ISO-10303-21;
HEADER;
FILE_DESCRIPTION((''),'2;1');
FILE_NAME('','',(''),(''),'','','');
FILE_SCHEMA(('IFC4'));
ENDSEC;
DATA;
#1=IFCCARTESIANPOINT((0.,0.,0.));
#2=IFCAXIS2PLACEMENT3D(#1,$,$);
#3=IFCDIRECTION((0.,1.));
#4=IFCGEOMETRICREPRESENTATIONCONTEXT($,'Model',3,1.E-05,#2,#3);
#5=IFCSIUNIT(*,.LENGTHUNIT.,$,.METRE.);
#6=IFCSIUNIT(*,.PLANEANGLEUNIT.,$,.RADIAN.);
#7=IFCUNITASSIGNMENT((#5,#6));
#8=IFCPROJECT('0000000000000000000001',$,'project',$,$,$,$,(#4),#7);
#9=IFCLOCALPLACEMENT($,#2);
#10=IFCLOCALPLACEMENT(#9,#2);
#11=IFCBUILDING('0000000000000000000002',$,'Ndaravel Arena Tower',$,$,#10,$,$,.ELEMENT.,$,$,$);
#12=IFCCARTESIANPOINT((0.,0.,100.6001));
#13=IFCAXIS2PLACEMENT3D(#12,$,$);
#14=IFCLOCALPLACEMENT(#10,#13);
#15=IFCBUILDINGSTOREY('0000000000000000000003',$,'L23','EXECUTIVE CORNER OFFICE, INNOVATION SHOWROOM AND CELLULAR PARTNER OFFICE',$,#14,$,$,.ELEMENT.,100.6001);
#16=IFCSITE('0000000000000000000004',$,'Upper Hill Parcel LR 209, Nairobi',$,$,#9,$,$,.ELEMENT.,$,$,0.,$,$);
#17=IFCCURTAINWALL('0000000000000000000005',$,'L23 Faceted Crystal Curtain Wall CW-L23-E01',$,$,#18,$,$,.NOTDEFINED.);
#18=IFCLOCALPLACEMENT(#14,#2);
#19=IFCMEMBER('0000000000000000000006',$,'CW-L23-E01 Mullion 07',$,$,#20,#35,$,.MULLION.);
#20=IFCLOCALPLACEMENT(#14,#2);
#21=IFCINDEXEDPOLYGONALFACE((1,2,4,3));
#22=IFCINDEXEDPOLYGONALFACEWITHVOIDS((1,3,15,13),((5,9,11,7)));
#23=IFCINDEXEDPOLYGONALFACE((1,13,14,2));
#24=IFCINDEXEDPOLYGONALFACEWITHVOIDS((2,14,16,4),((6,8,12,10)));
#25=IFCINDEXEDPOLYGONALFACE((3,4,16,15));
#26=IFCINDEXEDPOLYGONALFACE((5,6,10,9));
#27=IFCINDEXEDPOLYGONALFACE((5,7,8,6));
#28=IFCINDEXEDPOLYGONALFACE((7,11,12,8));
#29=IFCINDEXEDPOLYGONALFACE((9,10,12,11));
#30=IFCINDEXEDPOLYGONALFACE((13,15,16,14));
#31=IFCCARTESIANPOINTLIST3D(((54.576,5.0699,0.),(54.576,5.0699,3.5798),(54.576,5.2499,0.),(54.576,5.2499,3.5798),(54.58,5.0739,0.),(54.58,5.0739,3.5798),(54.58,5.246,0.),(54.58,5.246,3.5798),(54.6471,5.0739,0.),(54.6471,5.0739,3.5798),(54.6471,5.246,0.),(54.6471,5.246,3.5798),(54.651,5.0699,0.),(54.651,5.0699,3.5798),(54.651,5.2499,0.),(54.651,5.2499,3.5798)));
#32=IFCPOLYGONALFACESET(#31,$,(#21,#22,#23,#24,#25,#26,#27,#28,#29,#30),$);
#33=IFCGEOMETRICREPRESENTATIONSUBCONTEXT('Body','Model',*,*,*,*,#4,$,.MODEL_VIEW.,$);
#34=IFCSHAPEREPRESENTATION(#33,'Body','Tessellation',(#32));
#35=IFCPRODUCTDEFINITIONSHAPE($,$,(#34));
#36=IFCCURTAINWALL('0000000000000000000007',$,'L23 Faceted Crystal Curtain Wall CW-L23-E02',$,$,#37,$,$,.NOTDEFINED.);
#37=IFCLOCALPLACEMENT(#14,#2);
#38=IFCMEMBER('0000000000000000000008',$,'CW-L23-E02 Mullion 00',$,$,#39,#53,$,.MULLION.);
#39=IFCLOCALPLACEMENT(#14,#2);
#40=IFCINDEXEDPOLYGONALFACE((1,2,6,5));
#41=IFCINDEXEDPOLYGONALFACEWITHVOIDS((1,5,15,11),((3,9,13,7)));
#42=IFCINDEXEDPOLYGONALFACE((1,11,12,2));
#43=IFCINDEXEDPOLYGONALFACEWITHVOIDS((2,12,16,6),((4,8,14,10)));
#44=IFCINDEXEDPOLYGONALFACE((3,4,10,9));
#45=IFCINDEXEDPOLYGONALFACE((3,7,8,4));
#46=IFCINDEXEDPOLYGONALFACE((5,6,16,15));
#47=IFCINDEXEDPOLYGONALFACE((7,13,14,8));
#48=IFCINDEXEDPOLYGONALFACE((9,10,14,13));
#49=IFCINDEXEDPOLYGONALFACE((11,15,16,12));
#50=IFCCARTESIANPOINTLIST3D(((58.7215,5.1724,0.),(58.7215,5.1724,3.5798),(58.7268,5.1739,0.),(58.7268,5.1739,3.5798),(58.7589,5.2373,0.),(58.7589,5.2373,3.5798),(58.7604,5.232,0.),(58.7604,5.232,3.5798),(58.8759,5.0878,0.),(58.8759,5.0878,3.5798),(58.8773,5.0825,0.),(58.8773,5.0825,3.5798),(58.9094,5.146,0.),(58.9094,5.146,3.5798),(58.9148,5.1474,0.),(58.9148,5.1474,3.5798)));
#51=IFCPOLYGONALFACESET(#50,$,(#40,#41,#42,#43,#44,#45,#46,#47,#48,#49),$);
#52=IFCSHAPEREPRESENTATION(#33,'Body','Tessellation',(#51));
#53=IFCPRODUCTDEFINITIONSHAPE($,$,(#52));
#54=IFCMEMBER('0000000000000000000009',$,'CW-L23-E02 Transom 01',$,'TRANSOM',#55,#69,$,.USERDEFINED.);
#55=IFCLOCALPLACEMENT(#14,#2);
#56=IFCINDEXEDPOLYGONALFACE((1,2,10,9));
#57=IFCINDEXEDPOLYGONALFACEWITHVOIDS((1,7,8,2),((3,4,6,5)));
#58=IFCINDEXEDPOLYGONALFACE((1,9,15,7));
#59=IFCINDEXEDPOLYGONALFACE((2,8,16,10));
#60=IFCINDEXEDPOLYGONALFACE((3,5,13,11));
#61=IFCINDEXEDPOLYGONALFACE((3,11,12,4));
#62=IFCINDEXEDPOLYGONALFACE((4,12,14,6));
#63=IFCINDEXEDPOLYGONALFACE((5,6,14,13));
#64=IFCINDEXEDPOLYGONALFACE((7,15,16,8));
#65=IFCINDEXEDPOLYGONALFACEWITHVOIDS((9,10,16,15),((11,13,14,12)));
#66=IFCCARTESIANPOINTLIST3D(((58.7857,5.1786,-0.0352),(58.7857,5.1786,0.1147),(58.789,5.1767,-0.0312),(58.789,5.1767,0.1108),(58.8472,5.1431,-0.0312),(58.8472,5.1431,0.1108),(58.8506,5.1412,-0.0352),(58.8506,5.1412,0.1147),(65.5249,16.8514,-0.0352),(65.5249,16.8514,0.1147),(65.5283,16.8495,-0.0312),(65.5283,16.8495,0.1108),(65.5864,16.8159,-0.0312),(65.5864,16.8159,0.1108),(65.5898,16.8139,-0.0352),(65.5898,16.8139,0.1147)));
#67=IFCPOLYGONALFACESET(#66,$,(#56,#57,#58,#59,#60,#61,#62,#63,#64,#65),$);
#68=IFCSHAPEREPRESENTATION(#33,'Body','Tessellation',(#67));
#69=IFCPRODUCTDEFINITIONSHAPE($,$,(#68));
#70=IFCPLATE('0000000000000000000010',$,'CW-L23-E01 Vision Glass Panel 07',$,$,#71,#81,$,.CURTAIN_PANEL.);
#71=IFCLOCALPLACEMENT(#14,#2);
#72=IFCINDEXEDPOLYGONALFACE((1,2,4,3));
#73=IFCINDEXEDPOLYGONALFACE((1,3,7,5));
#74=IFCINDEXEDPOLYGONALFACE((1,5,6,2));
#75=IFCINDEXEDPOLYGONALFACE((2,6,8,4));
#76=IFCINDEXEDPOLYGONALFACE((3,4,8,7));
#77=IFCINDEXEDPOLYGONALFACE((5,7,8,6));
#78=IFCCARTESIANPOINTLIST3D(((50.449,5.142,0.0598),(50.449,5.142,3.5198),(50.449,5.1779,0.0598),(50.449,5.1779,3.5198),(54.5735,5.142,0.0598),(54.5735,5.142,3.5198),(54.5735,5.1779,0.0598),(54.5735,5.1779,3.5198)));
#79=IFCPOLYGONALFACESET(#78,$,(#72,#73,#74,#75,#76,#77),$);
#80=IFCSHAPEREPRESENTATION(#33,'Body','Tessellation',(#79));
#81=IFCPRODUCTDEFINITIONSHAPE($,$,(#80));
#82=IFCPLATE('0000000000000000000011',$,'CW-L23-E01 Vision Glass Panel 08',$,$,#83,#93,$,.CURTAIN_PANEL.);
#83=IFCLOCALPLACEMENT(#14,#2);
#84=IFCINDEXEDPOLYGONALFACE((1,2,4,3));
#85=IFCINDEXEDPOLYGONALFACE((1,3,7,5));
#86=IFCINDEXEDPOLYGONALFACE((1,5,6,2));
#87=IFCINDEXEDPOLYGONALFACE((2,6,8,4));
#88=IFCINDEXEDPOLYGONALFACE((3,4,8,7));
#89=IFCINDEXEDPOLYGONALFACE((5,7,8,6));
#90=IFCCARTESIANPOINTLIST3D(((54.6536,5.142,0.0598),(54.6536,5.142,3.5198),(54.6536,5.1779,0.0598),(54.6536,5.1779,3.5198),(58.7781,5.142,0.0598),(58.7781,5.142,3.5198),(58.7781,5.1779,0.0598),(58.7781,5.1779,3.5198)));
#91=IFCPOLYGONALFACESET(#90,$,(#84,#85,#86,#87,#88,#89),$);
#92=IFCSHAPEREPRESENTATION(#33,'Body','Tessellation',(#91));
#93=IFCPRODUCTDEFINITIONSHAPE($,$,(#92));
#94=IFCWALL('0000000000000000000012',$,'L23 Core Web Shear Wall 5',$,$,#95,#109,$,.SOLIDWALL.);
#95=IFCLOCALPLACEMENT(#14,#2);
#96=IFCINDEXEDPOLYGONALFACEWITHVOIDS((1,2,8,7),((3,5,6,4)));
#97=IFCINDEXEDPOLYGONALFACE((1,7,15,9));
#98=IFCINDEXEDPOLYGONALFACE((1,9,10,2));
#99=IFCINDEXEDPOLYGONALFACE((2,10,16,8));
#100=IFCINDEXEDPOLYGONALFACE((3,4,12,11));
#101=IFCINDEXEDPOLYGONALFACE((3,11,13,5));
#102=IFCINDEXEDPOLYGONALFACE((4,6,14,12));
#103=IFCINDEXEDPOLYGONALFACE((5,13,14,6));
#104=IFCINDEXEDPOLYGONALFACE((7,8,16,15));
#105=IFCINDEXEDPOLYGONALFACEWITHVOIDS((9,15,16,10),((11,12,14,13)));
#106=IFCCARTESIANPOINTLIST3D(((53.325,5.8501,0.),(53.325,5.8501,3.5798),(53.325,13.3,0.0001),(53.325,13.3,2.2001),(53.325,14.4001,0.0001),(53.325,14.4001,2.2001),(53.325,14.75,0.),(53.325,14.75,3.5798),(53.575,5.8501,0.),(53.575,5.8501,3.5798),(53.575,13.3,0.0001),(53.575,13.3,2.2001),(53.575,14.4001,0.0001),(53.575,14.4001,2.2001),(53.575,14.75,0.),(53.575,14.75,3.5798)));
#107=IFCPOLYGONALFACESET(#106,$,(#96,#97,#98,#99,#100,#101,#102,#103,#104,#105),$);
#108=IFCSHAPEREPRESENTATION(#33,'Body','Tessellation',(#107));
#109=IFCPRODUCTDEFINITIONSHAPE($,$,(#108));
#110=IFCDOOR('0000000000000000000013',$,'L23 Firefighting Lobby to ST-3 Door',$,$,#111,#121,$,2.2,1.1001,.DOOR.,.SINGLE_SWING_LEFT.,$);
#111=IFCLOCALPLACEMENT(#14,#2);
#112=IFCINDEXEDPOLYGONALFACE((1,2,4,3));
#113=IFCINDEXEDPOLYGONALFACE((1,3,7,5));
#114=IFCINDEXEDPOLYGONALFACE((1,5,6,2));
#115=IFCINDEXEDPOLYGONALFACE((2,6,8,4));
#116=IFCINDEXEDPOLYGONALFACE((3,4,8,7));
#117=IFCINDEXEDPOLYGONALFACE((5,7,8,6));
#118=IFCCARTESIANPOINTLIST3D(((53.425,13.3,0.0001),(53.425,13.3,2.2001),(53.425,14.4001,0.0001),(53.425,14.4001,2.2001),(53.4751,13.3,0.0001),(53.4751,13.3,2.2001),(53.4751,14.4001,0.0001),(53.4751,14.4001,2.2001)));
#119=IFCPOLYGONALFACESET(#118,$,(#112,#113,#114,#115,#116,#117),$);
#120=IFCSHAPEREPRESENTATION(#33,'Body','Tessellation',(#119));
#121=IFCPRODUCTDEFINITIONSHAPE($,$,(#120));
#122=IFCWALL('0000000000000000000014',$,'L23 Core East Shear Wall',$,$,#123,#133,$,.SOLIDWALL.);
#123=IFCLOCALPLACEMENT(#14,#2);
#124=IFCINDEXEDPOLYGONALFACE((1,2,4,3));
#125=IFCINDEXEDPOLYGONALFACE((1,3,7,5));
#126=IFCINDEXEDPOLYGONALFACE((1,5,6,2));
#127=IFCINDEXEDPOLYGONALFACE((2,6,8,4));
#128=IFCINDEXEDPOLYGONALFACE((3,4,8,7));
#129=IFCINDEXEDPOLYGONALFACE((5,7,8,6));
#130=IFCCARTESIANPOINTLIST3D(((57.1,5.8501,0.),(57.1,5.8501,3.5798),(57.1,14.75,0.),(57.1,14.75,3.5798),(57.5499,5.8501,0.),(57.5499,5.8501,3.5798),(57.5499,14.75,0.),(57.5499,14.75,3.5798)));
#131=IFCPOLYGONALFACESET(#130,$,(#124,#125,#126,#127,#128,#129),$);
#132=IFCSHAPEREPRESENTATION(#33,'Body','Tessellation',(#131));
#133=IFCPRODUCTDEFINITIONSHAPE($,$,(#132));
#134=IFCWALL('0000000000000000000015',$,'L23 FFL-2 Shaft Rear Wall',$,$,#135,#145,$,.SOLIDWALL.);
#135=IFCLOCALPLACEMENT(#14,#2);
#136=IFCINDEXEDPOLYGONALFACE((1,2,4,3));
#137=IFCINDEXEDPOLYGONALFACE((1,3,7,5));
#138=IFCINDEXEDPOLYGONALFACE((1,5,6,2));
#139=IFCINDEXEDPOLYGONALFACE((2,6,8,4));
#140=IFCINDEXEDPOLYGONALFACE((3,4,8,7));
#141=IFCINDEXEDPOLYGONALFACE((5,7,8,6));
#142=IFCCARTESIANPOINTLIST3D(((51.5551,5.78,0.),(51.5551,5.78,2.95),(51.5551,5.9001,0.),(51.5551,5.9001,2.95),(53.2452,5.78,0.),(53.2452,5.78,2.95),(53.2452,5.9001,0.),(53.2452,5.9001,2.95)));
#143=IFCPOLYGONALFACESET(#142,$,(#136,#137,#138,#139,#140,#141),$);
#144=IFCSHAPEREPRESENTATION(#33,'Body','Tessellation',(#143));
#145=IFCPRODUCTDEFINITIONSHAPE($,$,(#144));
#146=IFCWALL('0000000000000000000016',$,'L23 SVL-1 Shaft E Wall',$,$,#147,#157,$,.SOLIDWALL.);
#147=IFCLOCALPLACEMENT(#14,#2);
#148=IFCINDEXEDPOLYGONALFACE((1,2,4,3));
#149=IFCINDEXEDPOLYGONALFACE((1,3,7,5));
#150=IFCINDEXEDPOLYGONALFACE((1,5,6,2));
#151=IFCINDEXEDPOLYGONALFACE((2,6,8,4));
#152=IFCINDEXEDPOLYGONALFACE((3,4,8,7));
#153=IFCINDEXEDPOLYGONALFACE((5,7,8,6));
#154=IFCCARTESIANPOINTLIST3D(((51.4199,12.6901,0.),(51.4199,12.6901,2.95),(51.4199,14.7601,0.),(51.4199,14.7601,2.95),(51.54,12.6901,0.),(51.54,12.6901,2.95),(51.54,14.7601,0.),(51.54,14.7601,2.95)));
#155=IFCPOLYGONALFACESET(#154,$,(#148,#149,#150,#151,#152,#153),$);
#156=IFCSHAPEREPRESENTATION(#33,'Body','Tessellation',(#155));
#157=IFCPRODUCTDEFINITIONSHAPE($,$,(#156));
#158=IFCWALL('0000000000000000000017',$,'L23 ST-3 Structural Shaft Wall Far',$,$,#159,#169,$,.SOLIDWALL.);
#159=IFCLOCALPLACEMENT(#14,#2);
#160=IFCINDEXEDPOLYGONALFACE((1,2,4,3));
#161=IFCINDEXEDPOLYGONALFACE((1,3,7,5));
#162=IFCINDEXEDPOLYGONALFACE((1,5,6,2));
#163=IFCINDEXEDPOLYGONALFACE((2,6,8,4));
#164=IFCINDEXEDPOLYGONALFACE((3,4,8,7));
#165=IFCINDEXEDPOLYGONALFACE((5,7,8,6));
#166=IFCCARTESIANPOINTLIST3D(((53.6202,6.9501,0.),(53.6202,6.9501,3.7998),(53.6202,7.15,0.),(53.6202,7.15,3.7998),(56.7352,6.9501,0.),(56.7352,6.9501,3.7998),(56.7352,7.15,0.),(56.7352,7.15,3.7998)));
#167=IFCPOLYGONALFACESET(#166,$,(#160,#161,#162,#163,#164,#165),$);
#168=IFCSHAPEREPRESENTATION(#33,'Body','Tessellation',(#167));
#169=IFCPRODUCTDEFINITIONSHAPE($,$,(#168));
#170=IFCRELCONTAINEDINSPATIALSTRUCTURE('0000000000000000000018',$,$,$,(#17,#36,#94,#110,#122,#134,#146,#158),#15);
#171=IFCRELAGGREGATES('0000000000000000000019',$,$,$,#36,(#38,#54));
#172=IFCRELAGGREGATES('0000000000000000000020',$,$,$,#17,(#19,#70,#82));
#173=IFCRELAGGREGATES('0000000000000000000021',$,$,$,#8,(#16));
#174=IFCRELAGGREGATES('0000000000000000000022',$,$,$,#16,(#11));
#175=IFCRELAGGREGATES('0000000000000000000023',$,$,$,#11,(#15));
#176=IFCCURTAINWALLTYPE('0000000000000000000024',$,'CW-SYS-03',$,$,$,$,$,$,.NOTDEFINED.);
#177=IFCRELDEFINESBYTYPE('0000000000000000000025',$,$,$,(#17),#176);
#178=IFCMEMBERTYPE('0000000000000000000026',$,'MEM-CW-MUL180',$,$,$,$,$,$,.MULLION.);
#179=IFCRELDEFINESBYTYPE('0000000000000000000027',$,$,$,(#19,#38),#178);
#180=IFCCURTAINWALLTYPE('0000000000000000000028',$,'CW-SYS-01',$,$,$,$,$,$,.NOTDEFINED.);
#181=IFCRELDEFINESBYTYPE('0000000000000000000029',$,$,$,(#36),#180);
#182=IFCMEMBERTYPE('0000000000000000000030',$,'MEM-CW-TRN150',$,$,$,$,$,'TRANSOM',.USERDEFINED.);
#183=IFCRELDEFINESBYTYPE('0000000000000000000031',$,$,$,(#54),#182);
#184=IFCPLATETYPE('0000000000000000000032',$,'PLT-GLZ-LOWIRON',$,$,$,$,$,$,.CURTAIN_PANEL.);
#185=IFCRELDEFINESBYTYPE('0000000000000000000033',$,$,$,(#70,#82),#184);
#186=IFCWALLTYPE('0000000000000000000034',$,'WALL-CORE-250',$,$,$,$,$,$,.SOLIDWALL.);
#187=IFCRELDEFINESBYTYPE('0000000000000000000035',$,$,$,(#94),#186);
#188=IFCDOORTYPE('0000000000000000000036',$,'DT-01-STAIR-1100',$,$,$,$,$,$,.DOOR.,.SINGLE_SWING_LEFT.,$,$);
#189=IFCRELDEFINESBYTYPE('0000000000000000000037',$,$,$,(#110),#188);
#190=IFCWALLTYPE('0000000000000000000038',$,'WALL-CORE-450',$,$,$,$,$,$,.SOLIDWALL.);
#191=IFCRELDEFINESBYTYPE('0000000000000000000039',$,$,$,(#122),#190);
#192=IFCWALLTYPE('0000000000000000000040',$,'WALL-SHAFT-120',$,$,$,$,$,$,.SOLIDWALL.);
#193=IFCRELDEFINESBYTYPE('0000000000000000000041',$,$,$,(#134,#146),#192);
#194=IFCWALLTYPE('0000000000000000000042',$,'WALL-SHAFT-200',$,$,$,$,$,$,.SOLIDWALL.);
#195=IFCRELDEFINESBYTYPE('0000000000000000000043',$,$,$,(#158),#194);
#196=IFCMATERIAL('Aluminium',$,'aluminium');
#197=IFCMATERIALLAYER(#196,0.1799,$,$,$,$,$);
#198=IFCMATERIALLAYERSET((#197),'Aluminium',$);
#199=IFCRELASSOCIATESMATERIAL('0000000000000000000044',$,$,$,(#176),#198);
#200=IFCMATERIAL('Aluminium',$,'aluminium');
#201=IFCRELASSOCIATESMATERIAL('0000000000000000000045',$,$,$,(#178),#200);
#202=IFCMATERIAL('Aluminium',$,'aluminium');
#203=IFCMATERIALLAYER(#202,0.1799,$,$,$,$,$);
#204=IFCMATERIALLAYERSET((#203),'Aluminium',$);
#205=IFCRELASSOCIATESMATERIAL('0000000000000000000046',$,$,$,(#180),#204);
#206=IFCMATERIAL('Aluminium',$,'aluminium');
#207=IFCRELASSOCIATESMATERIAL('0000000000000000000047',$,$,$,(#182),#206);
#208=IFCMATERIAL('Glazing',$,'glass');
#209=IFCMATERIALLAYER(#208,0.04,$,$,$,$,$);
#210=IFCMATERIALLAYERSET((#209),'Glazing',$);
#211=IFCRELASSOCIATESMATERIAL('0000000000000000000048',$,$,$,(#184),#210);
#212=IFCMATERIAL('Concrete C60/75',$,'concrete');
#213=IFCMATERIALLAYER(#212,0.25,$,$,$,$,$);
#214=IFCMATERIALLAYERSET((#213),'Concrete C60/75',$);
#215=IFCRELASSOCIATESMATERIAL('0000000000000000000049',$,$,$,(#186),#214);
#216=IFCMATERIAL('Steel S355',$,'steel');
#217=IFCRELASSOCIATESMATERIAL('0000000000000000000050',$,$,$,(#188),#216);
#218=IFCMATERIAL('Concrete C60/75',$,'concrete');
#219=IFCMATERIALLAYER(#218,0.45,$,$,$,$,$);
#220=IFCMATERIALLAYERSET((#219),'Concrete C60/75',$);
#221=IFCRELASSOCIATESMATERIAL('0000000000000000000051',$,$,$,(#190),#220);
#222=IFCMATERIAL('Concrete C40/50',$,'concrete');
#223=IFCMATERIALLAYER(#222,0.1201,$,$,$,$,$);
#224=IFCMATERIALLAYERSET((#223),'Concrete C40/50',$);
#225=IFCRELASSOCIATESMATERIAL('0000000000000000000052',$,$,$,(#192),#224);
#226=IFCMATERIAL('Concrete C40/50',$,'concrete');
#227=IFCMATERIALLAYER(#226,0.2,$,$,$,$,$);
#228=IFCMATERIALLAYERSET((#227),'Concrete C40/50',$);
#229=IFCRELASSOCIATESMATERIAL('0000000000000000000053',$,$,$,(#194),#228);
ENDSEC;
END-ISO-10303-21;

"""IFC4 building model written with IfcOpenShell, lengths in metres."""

from ifc_helpers import new_model, si_unit, direction, frame, frame_2d, origin, origin_2d, place, context, subcontext, project, spatial, rectangle, hollow_rectangle, extrude, material, layer, layer_set, material_profile, profile_set, type_object, element, fill, aggregate, save


model = new_model("IFC4")

# Units and contexts
model_context = context("Model", 3, precision=1e-05, world=origin(), true_north=direction((0.0, 1.0)))
body_context = subcontext(model_context, "Body", "Model", "MODEL_VIEW")
ifc_project = project(units=[si_unit("LENGTHUNIT", "METRE"), si_unit("PLANEANGLEUNIT", "RADIAN")], contexts=[model_context])

# Site, building, storey
site_placement = place(None, origin())
site = spatial("IfcSite", under=ifc_project, at=site_placement, Name="Upper Hill Parcel LR 209, Nairobi", CompositionType="ELEMENT", RefElevation=0.0)
building_placement = place(site_placement, origin())
building = spatial("IfcBuilding", under=site, at=building_placement, Name="Ndaravel Arena Tower", CompositionType="ELEMENT")
storey_placement = place(building_placement, frame((0.0, 0.0, 100.6001)))
storey = spatial("IfcBuildingStorey", under=building, at=storey_placement, Name="L23", Description="EXECUTIVE CORNER OFFICE, INNOVATION SHOWROOM AND CELLULAR PARTNER OFFICE", CompositionType="ELEMENT", Elevation=100.6001)

# Curtain wall, member
ifc_material_1 = material(Name="Aluminium", Category="aluminium")
ifc_layer_1 = layer(ifc_material_1, 0.1799)
ifc_layer_set_1 = layer_set([ifc_layer_1], Name="Aluminium")
curtain_wall_type_1 = type_object("IfcCurtainWallType", Name="CW-SYS-03", PredefinedType="NOTDEFINED", material=ifc_layer_set_1)
curtain_wall_1_placement = place(storey_placement, origin())
curtain_wall_1 = element("IfcCurtainWall", 1, at=curtain_wall_1_placement, inside=storey, type_object=curtain_wall_type_1, Name="L23 Faceted Crystal Curtain Wall CW-L23-E01", PredefinedType="NOTDEFINED")
ifc_material_2 = material(Name="Aluminium", Category="aluminium")
ifc_material_profile_1 = material_profile(ifc_material_2, hollow_rectangle(XDim=0.075, YDim=0.1799, WallThickness=0.0039, at=origin_2d()), Name="CW MULLION 75x180x4")
ifc_profile_set_1 = profile_set([ifc_material_profile_1], Name="Aluminium")
member_type_1 = type_object("IfcMemberType", Name="MEM-CW-MUL180", PredefinedType="MULLION", material=ifc_profile_set_1)
member_1_placement = place(storey_placement, frame((54.6135, 5.1599, 0.0), z_axis=(0.0, 0.0, 1.0), x_axis=(1.0, 0.0, 0.0)))
member_1 = element("IfcMember", 2, at=member_1_placement, type_object=member_type_1, Name="CW-L23-E01 Mullion 07", PredefinedType="MULLION", context=body_context, shape_type="SweptSolid", body=[
    extrude(hollow_rectangle(XDim=0.075, YDim=0.1799, WallThickness=0.0039, at=origin_2d()), origin(), (0.0, 0.0, 1.0), 3.5798),
])

# Curtain wall, members
ifc_material_3 = material(Name="Aluminium", Category="aluminium")
ifc_layer_2 = layer(ifc_material_3, 0.1799)
ifc_layer_set_2 = layer_set([ifc_layer_2], Name="Aluminium")
curtain_wall_type_2 = type_object("IfcCurtainWallType", Name="CW-SYS-01", PredefinedType="NOTDEFINED", material=ifc_layer_set_2)
curtain_wall_2_placement = place(storey_placement, origin())
curtain_wall_2 = element("IfcCurtainWall", 3, at=curtain_wall_2_placement, inside=storey, type_object=curtain_wall_type_2, Name="L23 Faceted Crystal Curtain Wall CW-L23-E02", PredefinedType="NOTDEFINED")
member_2_placement = place(storey_placement, frame((58.8181, 5.1599, 0.0), z_axis=(0.0, 0.0, 1.0), x_axis=(0.5, 0.866025, 0.0)))
member_2 = element("IfcMember", 4, at=member_2_placement, type_object=member_type_1, Name="CW-L23-E02 Mullion 00", PredefinedType="MULLION", context=body_context, shape_type="SweptSolid", body=[
    extrude(hollow_rectangle(XDim=0.075, YDim=0.1799, WallThickness=0.0039, at=origin_2d()), origin(), (0.0, 0.0, 1.0), 3.5798),
])
ifc_material_4 = material(Name="Aluminium", Category="aluminium")
ifc_material_profile_2 = material_profile(ifc_material_4, hollow_rectangle(XDim=0.075, YDim=0.1499, WallThickness=0.0039, at=origin_2d()), Name="CW TRANSOM 75x150x4")
ifc_profile_set_2 = profile_set([ifc_material_profile_2], Name="Aluminium")
member_type_2 = type_object("IfcMemberType", Name="MEM-CW-TRN150", ElementType="TRANSOM", PredefinedType="USERDEFINED", material=ifc_profile_set_2)
member_3_placement = place(storey_placement, frame((58.8181, 5.1599, 0.0398), z_axis=(0.499996, 0.866028, 0.0), x_axis=(-0.866028, 0.499996, 0.0)))
member_3 = element("IfcMember", 5, at=member_3_placement, type_object=member_type_2, Name="CW-L23-E02 Transom 01", ObjectType="TRANSOM", PredefinedType="USERDEFINED", context=body_context, shape_type="SweptSolid", body=[
    extrude(hollow_rectangle(XDim=0.075, YDim=0.1499, WallThickness=0.0039, at=origin_2d()), origin(), (0.0, 0.0, 1.0), 13.4785),
])
aggregate(curtain_wall_2, [member_2, member_3])

# Plates
ifc_material_5 = material(Name="Glazing", Category="glass")
ifc_layer_3 = layer(ifc_material_5, 0.04)
ifc_layer_set_3 = layer_set([ifc_layer_3], Name="Glazing")
plate_type = type_object("IfcPlateType", Name="PLT-GLZ-LOWIRON", PredefinedType="CURTAIN_PANEL", material=ifc_layer_set_3)
plate_1_placement = place(storey_placement, frame((52.5112, 5.1599, 0.0598), z_axis=(0.0, 0.0, 1.0), x_axis=(1.0, 0.0, 0.0)))
plate_1 = element("IfcPlate", 6, at=plate_1_placement, type_object=plate_type, Name="CW-L23-E01 Vision Glass Panel 07", PredefinedType="CURTAIN_PANEL", context=body_context, shape_type="SweptSolid", body=[
    extrude(rectangle(XDim=4.1245, YDim=0.0359, at=origin_2d()), origin(), (0.0, 0.0, 1.0), 3.46),
])
plate_2_placement = place(storey_placement, frame((56.7158, 5.1599, 0.0598), z_axis=(0.0, 0.0, 1.0), x_axis=(1.0, 0.0, 0.0)))
plate_2 = element("IfcPlate", 7, at=plate_2_placement, type_object=plate_type, Name="CW-L23-E01 Vision Glass Panel 08", PredefinedType="CURTAIN_PANEL", context=body_context, shape_type="SweptSolid", body=[
    extrude(rectangle(XDim=4.1245, YDim=0.0359, at=origin_2d()), origin(), (0.0, 0.0, 1.0), 3.46),
])
aggregate(curtain_wall_1, [member_1, plate_1, plate_2])

# Wall, opening, door
ifc_material_6 = material(Name="Concrete C60/75", Category="concrete")
ifc_layer_4 = layer(ifc_material_6, 0.25)
ifc_layer_set_4 = layer_set([ifc_layer_4], Name="Concrete C60/75")
wall_type_1 = type_object("IfcWallType", Name="WALL-CORE-250", PredefinedType="SOLIDWALL", material=ifc_layer_set_4)
wall_1_placement = place(storey_placement, frame((53.45, 5.8501, 0.0), z_axis=(0.0, 0.0, 1.0), x_axis=(0.0, 1.0, 0.0)))
wall_1 = element("IfcWall", 8, at=wall_1_placement, inside=storey, type_object=wall_type_1, Name="L23 Core Web Shear Wall 5", PredefinedType="SOLIDWALL", context=body_context, shape_type="SweptSolid", body=[
    extrude(rectangle(XDim=8.8999, YDim=0.25, at=frame_2d((4.45, 0.0))), origin(), (0.0, 0.0, 1.0), 3.5798),
])
opening_1_placement = place(wall_1_placement, frame((7.45, 0.0, 0.0)))
opening_1 = element("IfcOpeningElement", 9, at=opening_1_placement, cuts=wall_1, PredefinedType="OPENING", context=body_context, shape_type="SweptSolid", body=[
    extrude(rectangle(XDim=1.1001, YDim=2.2, at=frame_2d((0.55, 1.1001))), frame((0.0, 0.125, 0.0), z_axis=(0.0, -1.0, 0.0), x_axis=(1.0, 0.0, 0.0)), (0.0, 0.0, 1.0), 0.25),
])
ifc_material_7 = material(Name="Steel S355", Category="steel")
door_type_1 = type_object("IfcDoorType", Name="DT-01-STAIR-1100", OperationType="SINGLE_SWING_LEFT", PredefinedType="DOOR", material=ifc_material_7)
door_1_placement = place(opening_1_placement, origin())
door_1 = element("IfcDoor", 10, at=door_1_placement, inside=storey, type_object=door_type_1, Name="L23 Firefighting Lobby to ST-3 Door", OperationType="SINGLE_SWING_LEFT", OverallHeight=2.2, OverallWidth=1.1001, PredefinedType="DOOR", context=body_context, shape_type="SweptSolid", body=[
    extrude(rectangle(XDim=1.1001, YDim=2.2, at=frame_2d((0.55, 1.1001))), frame((0.0, 0.0249, 0.0), z_axis=(0.0, -1.0, 0.0), x_axis=(1.0, 0.0, 0.0)), (0.0, 0.0, 1.0), 0.05),
])
fill(opening_1, door_1)

# Walls
ifc_material_8 = material(Name="Concrete C60/75", Category="concrete")
ifc_layer_5 = layer(ifc_material_8, 0.45)
ifc_layer_set_5 = layer_set([ifc_layer_5], Name="Concrete C60/75")
wall_type_2 = type_object("IfcWallType", Name="WALL-CORE-450", PredefinedType="SOLIDWALL", material=ifc_layer_set_5)
wall_2_placement = place(storey_placement, frame((57.325, 5.8501, 0.0), z_axis=(0.0, 0.0, 1.0), x_axis=(0.0, 1.0, 0.0)))
element("IfcWall", 11, at=wall_2_placement, inside=storey, type_object=wall_type_2, Name="L23 Core East Shear Wall", PredefinedType="SOLIDWALL", context=body_context, shape_type="SweptSolid", body=[
    extrude(rectangle(XDim=8.8999, YDim=0.45, at=frame_2d((4.45, 0.0))), origin(), (0.0, 0.0, 1.0), 3.5798),
])
ifc_material_9 = material(Name="Concrete C40/50", Category="concrete")
ifc_layer_6 = layer(ifc_material_9, 0.1201)
ifc_layer_set_6 = layer_set([ifc_layer_6], Name="Concrete C40/50")
wall_type_3 = type_object("IfcWallType", Name="WALL-SHAFT-120", PredefinedType="SOLIDWALL", material=ifc_layer_set_6)
wall_3_placement = place(storey_placement, frame((51.5549, 5.8401, 0.0), z_axis=(0.0, 0.0, 1.0), x_axis=(1.0, 0.0, 0.0)))
element("IfcWall", 12, at=wall_3_placement, inside=storey, type_object=wall_type_3, Name="L23 FFL-2 Shaft Rear Wall", PredefinedType="SOLIDWALL", context=body_context, shape_type="SweptSolid", body=[
    extrude(rectangle(XDim=1.6902, YDim=0.1201, at=frame_2d((0.8452, 0.0))), origin(), (0.0, 0.0, 1.0), 2.95),
])
wall_4_placement = place(storey_placement, frame((51.48, 12.6899, 0.0), z_axis=(0.0, 0.0, 1.0), x_axis=(0.0, 1.0, 0.0)))
element("IfcWall", 13, at=wall_4_placement, inside=storey, type_object=wall_type_3, Name="L23 SVL-1 Shaft E Wall", PredefinedType="SOLIDWALL", context=body_context, shape_type="SweptSolid", body=[
    extrude(rectangle(XDim=2.0701, YDim=0.1201, at=frame_2d((1.0352, 0.0))), origin(), (0.0, 0.0, 1.0), 2.95),
])
ifc_material_10 = material(Name="Concrete C40/50", Category="concrete")
ifc_layer_7 = layer(ifc_material_10, 0.2)
ifc_layer_set_7 = layer_set([ifc_layer_7], Name="Concrete C40/50")
wall_type_4 = type_object("IfcWallType", Name="WALL-SHAFT-200", PredefinedType="SOLIDWALL", material=ifc_layer_set_7)
wall_5_placement = place(storey_placement, frame((53.6201, 7.05, 0.0), z_axis=(0.0, 0.0, 1.0), x_axis=(1.0, 0.0, 0.0)))
element("IfcWall", 14, at=wall_5_placement, inside=storey, type_object=wall_type_4, Name="L23 ST-3 Structural Shaft Wall Far", PredefinedType="SOLIDWALL", context=body_context, shape_type="SweptSolid", body=[
    extrude(rectangle(XDim=3.115, YDim=0.2, at=frame_2d((1.5576, 0.0))), origin(), (0.0, 0.0, 1.0), 3.7998),
])

save(model, "model.ifc")
